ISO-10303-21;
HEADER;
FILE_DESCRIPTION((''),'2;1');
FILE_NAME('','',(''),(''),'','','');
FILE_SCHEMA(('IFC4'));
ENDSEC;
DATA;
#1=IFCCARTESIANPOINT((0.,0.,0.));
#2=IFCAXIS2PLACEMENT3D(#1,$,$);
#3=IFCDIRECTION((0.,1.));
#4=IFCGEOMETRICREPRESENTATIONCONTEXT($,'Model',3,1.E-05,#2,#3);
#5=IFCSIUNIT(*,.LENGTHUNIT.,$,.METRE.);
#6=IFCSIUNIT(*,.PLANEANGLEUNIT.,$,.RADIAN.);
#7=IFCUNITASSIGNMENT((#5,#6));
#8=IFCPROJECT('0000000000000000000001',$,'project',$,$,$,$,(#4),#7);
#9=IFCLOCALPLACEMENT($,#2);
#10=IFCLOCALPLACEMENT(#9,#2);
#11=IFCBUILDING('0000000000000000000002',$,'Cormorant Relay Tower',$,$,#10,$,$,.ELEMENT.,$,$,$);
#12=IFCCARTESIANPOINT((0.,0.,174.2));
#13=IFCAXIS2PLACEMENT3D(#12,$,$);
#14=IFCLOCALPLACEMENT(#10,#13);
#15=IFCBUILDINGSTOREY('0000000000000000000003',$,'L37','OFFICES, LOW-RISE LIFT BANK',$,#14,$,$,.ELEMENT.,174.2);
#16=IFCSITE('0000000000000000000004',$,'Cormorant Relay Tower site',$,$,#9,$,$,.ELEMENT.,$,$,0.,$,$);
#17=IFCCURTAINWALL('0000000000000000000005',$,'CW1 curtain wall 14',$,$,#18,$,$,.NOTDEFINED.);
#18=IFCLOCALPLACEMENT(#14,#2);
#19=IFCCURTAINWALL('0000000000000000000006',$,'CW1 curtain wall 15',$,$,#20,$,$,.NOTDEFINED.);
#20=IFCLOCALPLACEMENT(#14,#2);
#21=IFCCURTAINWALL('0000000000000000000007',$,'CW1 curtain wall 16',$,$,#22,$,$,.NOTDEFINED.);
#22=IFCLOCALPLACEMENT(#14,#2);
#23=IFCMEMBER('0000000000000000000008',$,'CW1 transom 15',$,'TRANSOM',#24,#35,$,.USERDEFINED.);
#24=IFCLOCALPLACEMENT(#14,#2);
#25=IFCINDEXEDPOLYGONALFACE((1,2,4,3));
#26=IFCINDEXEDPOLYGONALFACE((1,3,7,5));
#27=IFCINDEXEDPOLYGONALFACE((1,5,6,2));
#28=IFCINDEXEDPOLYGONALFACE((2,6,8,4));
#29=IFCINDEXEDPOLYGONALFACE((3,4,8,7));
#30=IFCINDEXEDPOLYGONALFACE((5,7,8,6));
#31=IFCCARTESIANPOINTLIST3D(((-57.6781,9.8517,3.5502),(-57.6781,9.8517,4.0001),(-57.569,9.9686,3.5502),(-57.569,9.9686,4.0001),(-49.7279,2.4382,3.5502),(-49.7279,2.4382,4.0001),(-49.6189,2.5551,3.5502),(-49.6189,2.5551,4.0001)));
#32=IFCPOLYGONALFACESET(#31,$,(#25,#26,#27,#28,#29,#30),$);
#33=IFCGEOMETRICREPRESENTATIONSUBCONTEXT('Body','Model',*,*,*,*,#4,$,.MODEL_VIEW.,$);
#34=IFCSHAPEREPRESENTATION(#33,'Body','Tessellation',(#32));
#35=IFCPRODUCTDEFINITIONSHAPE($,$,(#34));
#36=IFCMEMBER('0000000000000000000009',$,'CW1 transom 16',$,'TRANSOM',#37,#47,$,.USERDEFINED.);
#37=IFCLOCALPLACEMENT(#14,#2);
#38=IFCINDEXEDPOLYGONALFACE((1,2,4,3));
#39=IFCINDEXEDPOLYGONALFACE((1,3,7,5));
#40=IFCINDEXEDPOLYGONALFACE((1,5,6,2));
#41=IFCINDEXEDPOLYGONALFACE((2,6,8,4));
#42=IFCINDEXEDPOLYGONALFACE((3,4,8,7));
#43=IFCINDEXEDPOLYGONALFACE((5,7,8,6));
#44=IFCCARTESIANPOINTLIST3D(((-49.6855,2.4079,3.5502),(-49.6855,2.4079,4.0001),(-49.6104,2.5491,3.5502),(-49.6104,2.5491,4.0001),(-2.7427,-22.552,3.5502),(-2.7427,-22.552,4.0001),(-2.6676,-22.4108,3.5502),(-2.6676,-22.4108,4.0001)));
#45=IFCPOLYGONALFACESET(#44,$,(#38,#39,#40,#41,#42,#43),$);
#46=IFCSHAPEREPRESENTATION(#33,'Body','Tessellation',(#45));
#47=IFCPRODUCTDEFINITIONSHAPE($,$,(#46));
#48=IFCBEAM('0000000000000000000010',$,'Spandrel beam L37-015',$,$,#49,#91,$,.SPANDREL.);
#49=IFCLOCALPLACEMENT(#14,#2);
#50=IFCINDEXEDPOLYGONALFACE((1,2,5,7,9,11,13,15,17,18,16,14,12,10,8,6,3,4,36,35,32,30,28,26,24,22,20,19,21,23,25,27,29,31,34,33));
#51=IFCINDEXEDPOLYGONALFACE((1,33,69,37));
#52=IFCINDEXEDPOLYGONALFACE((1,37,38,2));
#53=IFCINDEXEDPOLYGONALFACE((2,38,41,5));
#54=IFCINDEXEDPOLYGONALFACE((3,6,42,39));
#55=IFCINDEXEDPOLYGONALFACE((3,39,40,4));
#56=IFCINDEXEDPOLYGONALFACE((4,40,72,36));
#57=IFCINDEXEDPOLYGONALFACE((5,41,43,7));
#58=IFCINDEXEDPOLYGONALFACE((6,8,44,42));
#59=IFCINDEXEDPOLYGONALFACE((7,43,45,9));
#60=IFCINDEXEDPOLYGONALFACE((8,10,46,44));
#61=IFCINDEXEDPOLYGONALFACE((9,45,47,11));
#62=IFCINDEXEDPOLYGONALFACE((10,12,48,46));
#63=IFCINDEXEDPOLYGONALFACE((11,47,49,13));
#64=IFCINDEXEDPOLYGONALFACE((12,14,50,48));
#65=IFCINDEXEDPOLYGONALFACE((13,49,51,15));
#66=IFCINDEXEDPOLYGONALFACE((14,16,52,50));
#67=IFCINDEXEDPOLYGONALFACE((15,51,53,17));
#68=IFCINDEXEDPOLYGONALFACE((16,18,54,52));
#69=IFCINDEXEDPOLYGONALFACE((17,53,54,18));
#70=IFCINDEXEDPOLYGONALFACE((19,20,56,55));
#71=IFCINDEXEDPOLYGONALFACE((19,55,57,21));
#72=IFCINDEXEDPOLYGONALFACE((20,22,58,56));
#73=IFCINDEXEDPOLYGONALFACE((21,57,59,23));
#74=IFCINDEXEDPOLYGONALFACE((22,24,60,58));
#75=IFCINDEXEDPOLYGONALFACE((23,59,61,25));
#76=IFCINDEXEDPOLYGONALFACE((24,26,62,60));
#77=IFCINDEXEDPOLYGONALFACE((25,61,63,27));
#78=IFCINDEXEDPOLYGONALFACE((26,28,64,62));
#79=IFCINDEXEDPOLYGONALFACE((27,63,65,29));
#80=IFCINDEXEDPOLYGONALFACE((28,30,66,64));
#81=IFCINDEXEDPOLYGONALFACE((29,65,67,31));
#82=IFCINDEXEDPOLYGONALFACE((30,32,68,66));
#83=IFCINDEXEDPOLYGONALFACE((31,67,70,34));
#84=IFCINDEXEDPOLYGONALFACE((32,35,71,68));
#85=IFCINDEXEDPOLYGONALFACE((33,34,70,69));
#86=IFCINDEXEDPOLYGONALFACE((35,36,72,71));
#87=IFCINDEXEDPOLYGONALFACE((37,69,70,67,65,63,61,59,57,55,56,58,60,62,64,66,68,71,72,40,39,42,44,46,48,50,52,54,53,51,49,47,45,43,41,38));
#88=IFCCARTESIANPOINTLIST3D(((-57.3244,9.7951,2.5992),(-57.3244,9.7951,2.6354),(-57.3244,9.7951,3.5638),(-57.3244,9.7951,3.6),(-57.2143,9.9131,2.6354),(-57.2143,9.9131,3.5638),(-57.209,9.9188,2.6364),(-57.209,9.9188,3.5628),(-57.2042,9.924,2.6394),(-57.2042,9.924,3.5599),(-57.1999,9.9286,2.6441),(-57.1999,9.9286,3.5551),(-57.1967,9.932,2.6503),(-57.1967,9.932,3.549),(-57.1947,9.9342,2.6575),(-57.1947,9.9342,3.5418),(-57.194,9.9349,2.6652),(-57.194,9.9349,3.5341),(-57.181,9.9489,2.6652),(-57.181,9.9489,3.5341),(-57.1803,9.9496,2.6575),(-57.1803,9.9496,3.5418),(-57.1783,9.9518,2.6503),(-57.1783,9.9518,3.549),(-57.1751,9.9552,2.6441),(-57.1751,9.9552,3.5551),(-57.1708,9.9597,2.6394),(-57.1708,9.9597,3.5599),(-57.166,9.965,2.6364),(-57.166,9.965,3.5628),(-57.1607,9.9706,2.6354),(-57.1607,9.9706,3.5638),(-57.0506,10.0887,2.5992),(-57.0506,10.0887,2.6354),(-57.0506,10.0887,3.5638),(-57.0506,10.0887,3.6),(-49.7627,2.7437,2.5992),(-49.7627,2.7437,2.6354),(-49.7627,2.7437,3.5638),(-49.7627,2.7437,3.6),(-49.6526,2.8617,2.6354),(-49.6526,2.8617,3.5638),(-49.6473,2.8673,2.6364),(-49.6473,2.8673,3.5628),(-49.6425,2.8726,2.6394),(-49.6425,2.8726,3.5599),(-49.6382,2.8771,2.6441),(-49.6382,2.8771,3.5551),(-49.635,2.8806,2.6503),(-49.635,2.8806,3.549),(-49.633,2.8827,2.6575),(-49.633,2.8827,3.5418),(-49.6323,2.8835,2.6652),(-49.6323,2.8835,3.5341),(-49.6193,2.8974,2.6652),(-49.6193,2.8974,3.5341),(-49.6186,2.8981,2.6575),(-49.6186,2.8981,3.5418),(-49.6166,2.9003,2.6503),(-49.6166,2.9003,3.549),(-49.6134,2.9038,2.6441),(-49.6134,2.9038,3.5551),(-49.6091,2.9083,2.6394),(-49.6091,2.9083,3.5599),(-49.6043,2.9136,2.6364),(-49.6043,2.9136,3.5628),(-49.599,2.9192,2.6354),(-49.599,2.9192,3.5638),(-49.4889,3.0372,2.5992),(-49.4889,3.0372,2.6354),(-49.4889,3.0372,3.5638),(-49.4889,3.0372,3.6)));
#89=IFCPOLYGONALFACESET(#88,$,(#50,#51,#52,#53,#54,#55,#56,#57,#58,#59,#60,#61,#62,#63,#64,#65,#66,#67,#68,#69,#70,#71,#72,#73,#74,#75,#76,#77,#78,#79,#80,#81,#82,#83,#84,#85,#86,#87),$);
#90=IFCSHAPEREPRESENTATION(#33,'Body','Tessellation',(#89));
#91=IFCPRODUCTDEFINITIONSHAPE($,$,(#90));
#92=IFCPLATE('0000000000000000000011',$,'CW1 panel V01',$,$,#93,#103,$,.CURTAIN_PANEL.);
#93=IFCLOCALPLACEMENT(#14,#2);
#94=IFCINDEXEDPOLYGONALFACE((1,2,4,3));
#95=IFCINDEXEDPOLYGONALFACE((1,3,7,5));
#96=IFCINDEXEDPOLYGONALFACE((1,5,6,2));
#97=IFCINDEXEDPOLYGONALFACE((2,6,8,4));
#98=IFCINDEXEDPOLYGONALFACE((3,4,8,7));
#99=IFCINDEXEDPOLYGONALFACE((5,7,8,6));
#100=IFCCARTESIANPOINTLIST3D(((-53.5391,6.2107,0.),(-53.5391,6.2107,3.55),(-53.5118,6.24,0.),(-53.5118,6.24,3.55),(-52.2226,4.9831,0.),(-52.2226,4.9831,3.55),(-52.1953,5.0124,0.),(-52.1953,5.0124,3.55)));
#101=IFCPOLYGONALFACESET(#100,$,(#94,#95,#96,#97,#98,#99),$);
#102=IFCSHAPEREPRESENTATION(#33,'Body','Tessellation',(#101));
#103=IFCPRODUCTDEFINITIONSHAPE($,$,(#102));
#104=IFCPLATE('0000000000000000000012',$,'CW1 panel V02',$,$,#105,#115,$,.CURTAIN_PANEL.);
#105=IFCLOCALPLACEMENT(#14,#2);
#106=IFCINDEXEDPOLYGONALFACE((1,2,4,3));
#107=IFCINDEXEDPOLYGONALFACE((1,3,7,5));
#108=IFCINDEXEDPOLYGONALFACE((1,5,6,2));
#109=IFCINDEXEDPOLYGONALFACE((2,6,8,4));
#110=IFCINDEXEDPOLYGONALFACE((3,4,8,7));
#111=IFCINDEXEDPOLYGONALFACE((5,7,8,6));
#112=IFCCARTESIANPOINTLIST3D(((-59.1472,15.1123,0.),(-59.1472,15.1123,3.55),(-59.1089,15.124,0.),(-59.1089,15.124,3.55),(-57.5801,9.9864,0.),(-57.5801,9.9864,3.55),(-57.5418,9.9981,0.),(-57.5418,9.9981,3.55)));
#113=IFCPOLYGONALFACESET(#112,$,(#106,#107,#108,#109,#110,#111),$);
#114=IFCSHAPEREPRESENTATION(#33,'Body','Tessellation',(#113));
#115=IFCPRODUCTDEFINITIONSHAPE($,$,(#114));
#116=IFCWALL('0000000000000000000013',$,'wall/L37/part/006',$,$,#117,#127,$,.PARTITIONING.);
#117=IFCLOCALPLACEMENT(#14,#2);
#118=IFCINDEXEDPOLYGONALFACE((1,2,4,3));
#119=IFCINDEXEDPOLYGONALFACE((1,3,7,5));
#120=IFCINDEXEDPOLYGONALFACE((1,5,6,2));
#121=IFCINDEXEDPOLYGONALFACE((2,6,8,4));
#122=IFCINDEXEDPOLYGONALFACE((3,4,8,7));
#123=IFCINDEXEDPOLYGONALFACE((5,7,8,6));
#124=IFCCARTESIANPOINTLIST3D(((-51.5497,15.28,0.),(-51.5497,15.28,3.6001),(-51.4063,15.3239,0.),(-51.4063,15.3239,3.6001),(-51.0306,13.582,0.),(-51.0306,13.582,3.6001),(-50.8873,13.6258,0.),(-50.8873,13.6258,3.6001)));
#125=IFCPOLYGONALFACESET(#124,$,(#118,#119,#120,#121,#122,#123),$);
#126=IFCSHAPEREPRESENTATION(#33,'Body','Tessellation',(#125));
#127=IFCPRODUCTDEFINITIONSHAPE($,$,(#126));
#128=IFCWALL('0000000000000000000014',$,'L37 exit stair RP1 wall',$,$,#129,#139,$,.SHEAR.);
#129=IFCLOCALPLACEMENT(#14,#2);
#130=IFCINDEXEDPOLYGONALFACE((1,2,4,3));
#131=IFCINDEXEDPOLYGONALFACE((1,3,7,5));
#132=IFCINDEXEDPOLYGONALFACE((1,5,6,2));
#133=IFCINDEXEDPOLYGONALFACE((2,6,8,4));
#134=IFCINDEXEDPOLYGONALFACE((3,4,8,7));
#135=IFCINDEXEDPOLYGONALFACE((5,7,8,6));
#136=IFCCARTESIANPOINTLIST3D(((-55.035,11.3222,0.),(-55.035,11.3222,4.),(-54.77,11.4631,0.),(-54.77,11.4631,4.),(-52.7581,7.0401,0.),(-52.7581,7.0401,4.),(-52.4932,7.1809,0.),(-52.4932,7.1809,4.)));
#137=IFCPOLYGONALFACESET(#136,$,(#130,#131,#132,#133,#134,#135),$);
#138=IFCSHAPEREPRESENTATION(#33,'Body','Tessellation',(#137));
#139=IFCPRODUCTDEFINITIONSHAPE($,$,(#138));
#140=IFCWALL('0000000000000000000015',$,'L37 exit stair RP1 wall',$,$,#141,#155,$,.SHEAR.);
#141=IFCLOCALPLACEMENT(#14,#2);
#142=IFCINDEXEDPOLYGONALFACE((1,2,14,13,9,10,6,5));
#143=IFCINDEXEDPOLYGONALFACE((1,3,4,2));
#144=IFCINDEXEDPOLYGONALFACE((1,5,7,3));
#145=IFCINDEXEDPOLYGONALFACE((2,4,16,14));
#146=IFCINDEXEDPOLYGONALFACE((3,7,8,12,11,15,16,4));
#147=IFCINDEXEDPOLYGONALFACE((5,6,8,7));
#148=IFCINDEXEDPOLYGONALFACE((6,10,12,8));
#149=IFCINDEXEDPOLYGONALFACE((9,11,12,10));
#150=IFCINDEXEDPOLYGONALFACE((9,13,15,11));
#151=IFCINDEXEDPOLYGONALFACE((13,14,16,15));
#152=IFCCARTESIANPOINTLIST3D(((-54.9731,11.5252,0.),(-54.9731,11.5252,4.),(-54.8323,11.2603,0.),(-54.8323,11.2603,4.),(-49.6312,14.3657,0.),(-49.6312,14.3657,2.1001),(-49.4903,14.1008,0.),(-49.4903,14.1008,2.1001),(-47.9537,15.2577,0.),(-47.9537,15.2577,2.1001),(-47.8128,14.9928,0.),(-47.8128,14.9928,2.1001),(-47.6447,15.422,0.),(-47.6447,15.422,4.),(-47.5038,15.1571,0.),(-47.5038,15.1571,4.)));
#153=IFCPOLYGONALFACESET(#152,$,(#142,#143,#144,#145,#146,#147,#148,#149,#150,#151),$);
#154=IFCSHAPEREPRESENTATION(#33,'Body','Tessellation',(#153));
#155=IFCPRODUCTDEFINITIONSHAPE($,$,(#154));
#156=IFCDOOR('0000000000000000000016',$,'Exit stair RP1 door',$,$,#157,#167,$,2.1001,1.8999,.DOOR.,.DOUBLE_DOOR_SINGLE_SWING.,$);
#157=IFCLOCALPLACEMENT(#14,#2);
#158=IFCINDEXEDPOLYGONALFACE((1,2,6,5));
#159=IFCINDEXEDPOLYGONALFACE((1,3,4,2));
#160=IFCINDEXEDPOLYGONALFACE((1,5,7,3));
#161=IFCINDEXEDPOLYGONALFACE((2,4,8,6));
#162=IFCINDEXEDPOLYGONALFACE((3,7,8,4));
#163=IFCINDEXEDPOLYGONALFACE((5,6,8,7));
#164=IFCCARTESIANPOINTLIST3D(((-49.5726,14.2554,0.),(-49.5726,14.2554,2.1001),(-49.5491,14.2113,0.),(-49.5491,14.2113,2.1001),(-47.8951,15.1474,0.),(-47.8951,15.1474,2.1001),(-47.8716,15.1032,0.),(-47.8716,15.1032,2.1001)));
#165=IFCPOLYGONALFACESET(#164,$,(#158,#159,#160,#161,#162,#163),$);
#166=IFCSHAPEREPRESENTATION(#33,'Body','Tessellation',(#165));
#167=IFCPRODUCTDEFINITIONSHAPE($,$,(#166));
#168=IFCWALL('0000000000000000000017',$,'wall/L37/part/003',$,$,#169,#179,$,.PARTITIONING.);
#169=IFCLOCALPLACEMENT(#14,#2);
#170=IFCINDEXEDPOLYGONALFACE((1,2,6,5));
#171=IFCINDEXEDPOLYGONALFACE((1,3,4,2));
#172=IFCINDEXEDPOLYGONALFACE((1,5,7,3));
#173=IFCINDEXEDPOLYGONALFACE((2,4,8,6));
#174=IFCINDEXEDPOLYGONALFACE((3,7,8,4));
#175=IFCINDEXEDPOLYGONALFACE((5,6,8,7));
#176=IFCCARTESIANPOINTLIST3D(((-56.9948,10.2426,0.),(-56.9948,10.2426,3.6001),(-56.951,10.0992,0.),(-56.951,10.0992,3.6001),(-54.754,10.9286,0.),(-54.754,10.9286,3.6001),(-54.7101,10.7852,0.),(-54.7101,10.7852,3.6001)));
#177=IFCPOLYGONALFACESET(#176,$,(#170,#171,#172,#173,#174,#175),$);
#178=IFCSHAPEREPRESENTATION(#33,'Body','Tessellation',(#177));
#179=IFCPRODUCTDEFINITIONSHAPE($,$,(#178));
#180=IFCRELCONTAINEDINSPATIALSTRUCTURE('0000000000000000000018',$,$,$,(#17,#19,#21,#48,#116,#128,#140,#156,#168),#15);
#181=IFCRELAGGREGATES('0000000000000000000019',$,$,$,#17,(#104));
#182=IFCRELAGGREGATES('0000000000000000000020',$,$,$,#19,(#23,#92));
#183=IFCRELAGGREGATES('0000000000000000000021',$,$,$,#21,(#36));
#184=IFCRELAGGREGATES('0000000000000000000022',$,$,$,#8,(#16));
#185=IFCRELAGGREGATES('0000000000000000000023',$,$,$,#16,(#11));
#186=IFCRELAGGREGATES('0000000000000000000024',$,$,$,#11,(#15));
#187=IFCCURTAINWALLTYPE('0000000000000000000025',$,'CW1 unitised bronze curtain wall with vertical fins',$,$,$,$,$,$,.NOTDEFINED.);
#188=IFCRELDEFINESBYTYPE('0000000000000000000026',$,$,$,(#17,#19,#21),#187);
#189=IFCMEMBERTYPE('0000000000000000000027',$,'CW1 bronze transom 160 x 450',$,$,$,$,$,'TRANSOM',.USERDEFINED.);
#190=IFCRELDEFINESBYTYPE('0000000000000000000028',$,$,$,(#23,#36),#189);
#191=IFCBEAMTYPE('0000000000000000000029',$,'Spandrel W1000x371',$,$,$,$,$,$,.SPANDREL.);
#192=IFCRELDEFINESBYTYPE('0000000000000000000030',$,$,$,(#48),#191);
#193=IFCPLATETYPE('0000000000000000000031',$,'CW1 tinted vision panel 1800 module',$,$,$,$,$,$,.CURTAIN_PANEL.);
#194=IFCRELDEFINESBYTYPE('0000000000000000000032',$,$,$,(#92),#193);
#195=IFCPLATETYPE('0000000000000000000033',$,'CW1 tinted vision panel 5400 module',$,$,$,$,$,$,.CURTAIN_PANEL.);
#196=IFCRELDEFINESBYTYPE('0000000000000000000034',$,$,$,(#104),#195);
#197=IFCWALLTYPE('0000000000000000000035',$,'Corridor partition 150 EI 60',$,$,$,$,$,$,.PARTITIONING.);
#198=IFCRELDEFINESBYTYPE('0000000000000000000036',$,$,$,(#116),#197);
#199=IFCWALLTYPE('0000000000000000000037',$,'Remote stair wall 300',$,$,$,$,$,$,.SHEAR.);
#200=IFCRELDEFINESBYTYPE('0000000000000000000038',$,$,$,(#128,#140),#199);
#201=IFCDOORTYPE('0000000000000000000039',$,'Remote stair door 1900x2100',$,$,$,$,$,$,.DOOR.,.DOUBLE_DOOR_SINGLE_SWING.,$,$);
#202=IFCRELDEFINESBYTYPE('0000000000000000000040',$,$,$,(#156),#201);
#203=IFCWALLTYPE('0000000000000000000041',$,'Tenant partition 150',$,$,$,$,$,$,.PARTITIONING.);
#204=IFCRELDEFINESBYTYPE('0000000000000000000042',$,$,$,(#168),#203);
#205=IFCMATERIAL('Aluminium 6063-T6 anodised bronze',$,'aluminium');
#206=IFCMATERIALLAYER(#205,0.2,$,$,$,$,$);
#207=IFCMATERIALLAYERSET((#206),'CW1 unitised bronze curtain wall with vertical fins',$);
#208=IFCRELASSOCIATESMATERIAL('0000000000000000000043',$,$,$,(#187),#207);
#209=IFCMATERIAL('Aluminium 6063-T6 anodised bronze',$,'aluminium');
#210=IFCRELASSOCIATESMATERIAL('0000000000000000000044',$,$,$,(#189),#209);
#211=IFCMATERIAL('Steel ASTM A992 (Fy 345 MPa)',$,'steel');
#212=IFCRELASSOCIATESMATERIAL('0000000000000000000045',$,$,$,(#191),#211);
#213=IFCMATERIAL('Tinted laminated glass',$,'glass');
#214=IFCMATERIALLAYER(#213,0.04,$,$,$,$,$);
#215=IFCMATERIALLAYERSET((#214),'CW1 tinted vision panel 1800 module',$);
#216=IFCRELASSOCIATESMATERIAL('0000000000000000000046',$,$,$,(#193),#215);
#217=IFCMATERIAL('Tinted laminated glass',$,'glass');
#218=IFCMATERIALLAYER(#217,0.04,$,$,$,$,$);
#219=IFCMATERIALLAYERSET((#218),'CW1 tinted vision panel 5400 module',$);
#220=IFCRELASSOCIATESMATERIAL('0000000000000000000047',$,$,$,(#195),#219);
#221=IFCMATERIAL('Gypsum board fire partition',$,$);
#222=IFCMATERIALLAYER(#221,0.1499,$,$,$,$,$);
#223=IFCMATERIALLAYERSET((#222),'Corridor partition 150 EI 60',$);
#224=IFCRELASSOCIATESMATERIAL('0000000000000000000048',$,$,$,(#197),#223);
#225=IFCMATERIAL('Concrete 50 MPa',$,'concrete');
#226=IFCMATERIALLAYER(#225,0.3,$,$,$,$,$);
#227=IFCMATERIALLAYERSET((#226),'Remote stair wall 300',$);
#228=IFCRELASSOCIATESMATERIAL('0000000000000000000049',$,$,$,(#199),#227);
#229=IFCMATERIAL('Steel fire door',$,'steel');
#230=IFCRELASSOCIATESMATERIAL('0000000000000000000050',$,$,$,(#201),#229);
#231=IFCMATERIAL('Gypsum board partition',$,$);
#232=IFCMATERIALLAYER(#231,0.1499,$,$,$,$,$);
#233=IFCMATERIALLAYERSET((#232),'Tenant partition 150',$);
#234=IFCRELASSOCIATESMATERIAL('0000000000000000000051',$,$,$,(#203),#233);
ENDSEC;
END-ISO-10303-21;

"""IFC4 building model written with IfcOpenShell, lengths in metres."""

from ifc_helpers import new_model, si_unit, direction, frame, frame_2d, origin, origin_2d, place, context, subcontext, project, spatial, rectangle, i_section, extrude, material, layer, layer_set, material_profile, profile_set, type_object, element, fill, aggregate, save


model = new_model("IFC4")

# Units and contexts
model_context = context("Model", 3, precision=1e-05, world=origin(), true_north=direction((0.0, 1.0)))
body_context = subcontext(model_context, "Body", "Model", "MODEL_VIEW")
ifc_project = project(units=[si_unit("LENGTHUNIT", "METRE"), si_unit("PLANEANGLEUNIT", "RADIAN")], contexts=[model_context])

# Site, building, storey
site_placement = place(None, origin())
site = spatial("IfcSite", under=ifc_project, at=site_placement, Name="Cormorant Relay Tower site", CompositionType="ELEMENT", RefElevation=0.0)
building_placement = place(site_placement, origin())
building = spatial("IfcBuilding", under=site, at=building_placement, Name="Cormorant Relay Tower", CompositionType="ELEMENT")
storey_placement = place(building_placement, frame((0.0, 0.0, 174.2)))
storey = spatial("IfcBuildingStorey", under=building, at=storey_placement, Name="L37", Description="OFFICES, LOW-RISE LIFT BANK", CompositionType="ELEMENT", Elevation=174.2)

# Curtain wall
ifc_material_1 = material(Name="Aluminium 6063-T6 anodised bronze", Category="aluminium")
ifc_layer_1 = layer(ifc_material_1, 0.2)
ifc_layer_set_1 = layer_set([ifc_layer_1], Name="CW1 unitised bronze curtain wall with vertical fins")
curtain_wall_type = type_object("IfcCurtainWallType", Name="CW1 unitised bronze curtain wall with vertical fins", PredefinedType="NOTDEFINED", material=ifc_layer_set_1)
curtain_wall_1_placement = place(storey_placement, origin())
curtain_wall_1 = element("IfcCurtainWall", 1, at=curtain_wall_1_placement, inside=storey, type_object=curtain_wall_type, Name="CW1 curtain wall 14", PredefinedType="NOTDEFINED")

# Curtain wall
curtain_wall_2_placement = place(storey_placement, origin())
curtain_wall_2 = element("IfcCurtainWall", 2, at=curtain_wall_2_placement, inside=storey, type_object=curtain_wall_type, Name="CW1 curtain wall 15", PredefinedType="NOTDEFINED")

# Curtain wall
curtain_wall_3_placement = place(storey_placement, origin())
curtain_wall_3 = element("IfcCurtainWall", 3, at=curtain_wall_3_placement, inside=storey, type_object=curtain_wall_type, Name="CW1 curtain wall 16", PredefinedType="NOTDEFINED")

# Members
ifc_material_2 = material(Name="Aluminium 6063-T6 anodised bronze", Category="aluminium")
ifc_material_profile_1 = material_profile(ifc_material_2, rectangle(XDim=0.1599, YDim=0.45, at=origin_2d()), Name="AL 160x450")
ifc_profile_set_1 = profile_set([ifc_material_profile_1], Name="Aluminium 6063-T6 anodised bronze")
member_type_1 = type_object("IfcMemberType", Name="CW1 bronze transom 160 x 450", ElementType="TRANSOM", PredefinedType="USERDEFINED", material=ifc_profile_set_1)
member_1_placement = place(storey_placement, frame((-57.6235, 9.9102, 3.7751), z_axis=(0.731358, -0.681993, 0.0), x_axis=(0.681993, 0.731358, 0.0)))
member_1 = element("IfcMember", 4, at=member_1_placement, type_object=member_type_1, Name="CW1 transom 15", ObjectType="TRANSOM", PredefinedType="USERDEFINED", context=body_context, shape_type="SweptSolid", body=[
    extrude(rectangle(XDim=0.1599, YDim=0.45, at=origin_2d()), origin(), (0.0, 0.0, 1.0), 10.8704),
])
member_2_placement = place(storey_placement, frame((-49.6479, 2.4785, 3.7751), z_axis=(0.882948, -0.469471, 0.0), x_axis=(0.469471, 0.882948, 0.0)))
member_2 = element("IfcMember", 5, at=member_2_placement, type_object=member_type_1, Name="CW1 transom 16", ObjectType="TRANSOM", PredefinedType="USERDEFINED", context=body_context, shape_type="SweptSolid", body=[
    extrude(rectangle(XDim=0.1599, YDim=0.45, at=origin_2d()), origin(), (0.0, 0.0, 1.0), 53.166),
])

# Beam
ifc_material_3 = material(Name="Steel ASTM A992 (Fy 345 MPa)", Category="steel")
ifc_material_profile_2 = material_profile(ifc_material_3, i_section(OverallWidth=0.4014, OverallDepth=1.0007, WebThickness=0.019, FlangeThickness=0.0361, FilletRadius=0.0298, at=origin_2d()), Name="W1000x371")
ifc_profile_set_2 = profile_set([ifc_material_profile_2], Name="Steel ASTM A992 (Fy 345 MPa)")
beam_type = type_object("IfcBeamType", Name="Spandrel W1000x371", PredefinedType="SPANDREL", material=ifc_profile_set_2)
beam_placement = place(storey_placement, frame((-57.1875, 9.9419, 3.0996), z_axis=(0.731351, -0.682001, 0.0), x_axis=(0.682001, 0.731351, 0.0)))
element("IfcBeam", 6, at=beam_placement, inside=storey, type_object=beam_type, Name="Spandrel beam L37-015", PredefinedType="SPANDREL", context=body_context, shape_type="SweptSolid", body=[
    extrude(i_section(OverallWidth=0.4014, OverallDepth=1.0007, WebThickness=0.019, FlangeThickness=0.0361, FilletRadius=0.0298, at=origin_2d()), origin(), (0.0, 0.0, 1.0), 10.3394),
])

# Plates
ifc_material_4 = material(Name="Tinted laminated glass", Category="glass")
ifc_layer_2 = layer(ifc_material_4, 0.04)
ifc_layer_set_2 = layer_set([ifc_layer_2], Name="CW1 tinted vision panel 1800 module")
plate_type_1 = type_object("IfcPlateType", Name="CW1 tinted vision panel 1800 module", PredefinedType="CURTAIN_PANEL", material=ifc_layer_set_2)
plate_1_placement = place(storey_placement, frame((-52.8672, 5.6116, 0.0), z_axis=(0.0, 0.0, 1.0), x_axis=(0.731354, -0.681998, 0.0)))
plate_1 = element("IfcPlate", 7, at=plate_1_placement, type_object=plate_type_1, Name="CW1 panel V01", PredefinedType="CURTAIN_PANEL", context=body_context, shape_type="SweptSolid", body=[
    extrude(rectangle(XDim=1.8, YDim=0.04, at=origin_2d()), origin(), (0.0, 0.0, 1.0), 3.55),
])
ifc_material_5 = material(Name="Tinted laminated glass", Category="glass")
ifc_layer_3 = layer(ifc_material_5, 0.04)
ifc_layer_set_3 = layer_set([ifc_layer_3], Name="CW1 tinted vision panel 5400 module")
plate_type_2 = type_object("IfcPlateType", Name="CW1 tinted vision panel 5400 module", PredefinedType="CURTAIN_PANEL", material=ifc_layer_set_3)
plate_2_placement = place(storey_placement, frame((-58.3445, 12.5552, 0.0), z_axis=(0.0, 0.0, 1.0), x_axis=(0.292372, -0.956305, 0.0)))
plate_2 = element("IfcPlate", 8, at=plate_2_placement, type_object=plate_type_2, Name="CW1 panel V02", PredefinedType="CURTAIN_PANEL", context=body_context, shape_type="SweptSolid", body=[
    extrude(rectangle(XDim=5.3601, YDim=0.04, at=origin_2d()), origin(), (0.0, 0.0, 1.0), 3.55),
])
aggregate(curtain_wall_1, [plate_2])

# Walls
ifc_material_6 = material(Name="Gypsum board fire partition")
ifc_layer_4 = layer(ifc_material_6, 0.1499)
ifc_layer_set_4 = layer_set([ifc_layer_4], Name="Corridor partition 150 EI 60")
wall_type_1 = type_object("IfcWallType", Name="Corridor partition 150 EI 60", PredefinedType="PARTITIONING", material=ifc_layer_set_4)
wall_1_placement = place(storey_placement, frame((-50.959, 13.604, 0.0), z_axis=(0.0, 0.0, 1.0), x_axis=(-0.292327, 0.956318, 0.0)))
element("IfcWall", 9, at=wall_1_placement, inside=storey, type_object=wall_type_1, Name="wall/L37/part/006", PredefinedType="PARTITIONING", context=body_context, shape_type="SweptSolid", body=[
    extrude(rectangle(XDim=1.7756, YDim=0.1499, at=frame_2d((0.8877, 0.0))), origin(), (0.0, 0.0, 1.0), 3.6001),
])
ifc_material_7 = material(Name="Concrete 50 MPa", Category="concrete")
ifc_layer_5 = layer(ifc_material_7, 0.3)
ifc_layer_set_5 = layer_set([ifc_layer_5], Name="Remote stair wall 300")
wall_type_2 = type_object("IfcWallType", Name="Remote stair wall 300", PredefinedType="SHEAR", material=ifc_layer_set_5)
wall_2_placement = place(storey_placement, frame((-52.6257, 7.1106, 0.0), z_axis=(0.0, 0.0, 1.0), x_axis=(-0.469464, 0.882951, 0.0)))
element("IfcWall", 10, at=wall_2_placement, inside=storey, type_object=wall_type_2, Name="L37 exit stair RP1 wall", PredefinedType="SHEAR", context=body_context, shape_type="SweptSolid", body=[
    extrude(rectangle(XDim=4.8499, YDim=0.3, at=frame_2d((2.4248, 0.0))), origin(), (0.0, 0.0, 1.0), 4.0),
])

# Wall, opening, door
wall_3_placement = place(storey_placement, frame((-54.9026, 11.3928, 0.0), z_axis=(0.0, 0.0, 1.0), x_axis=(0.882939, 0.469487, 0.0)))
wall_3 = element("IfcWall", 11, at=wall_3_placement, inside=storey, type_object=wall_type_2, Name="L37 exit stair RP1 wall", PredefinedType="SHEAR", context=body_context, shape_type="SweptSolid", body=[
    extrude(rectangle(XDim=8.3, YDim=0.3, at=frame_2d((4.1499, 0.0))), origin(), (0.0, 0.0, 1.0), 4.0),
])
opening_placement = place(wall_3_placement, frame((6.05, 0.0, 0.0)))
opening = element("IfcOpeningElement", 12, at=opening_placement, cuts=wall_3, PredefinedType="OPENING", context=body_context, shape_type="SweptSolid", body=[
    extrude(rectangle(XDim=1.8999, YDim=2.1001, at=frame_2d((0.95, 1.05))), frame((0.0, 0.1599, 0.0), z_axis=(0.0, -1.0, 0.0), x_axis=(1.0, 0.0, 0.0)), (0.0, 0.0, 1.0), 0.3201),
])
ifc_material_8 = material(Name="Steel fire door", Category="steel")
door_type = type_object("IfcDoorType", Name="Remote stair door 1900x2100", OperationType="DOUBLE_DOOR_SINGLE_SWING", PredefinedType="DOOR", material=ifc_material_8)
door_placement = place(opening_placement, frame((1.8999, 0.0, 0.0), z_axis=(0.0, 0.0, 1.0), x_axis=(-1.0, 0.0, 0.0)))
door = element("IfcDoor", 13, at=door_placement, inside=storey, type_object=door_type, Name="Exit stair RP1 door", OperationType="DOUBLE_DOOR_SINGLE_SWING", OverallHeight=2.1001, OverallWidth=1.8999, PredefinedType="DOOR", context=body_context, shape_type="SweptSolid", body=[
    extrude(rectangle(XDim=1.8999, YDim=2.1001, at=frame_2d((0.95, 1.05))), frame((0.0, 0.0249, 0.0), z_axis=(0.0, -1.0, 0.0), x_axis=(1.0, 0.0, 0.0)), (0.0, 0.0, 1.0), 0.05),
])
fill(opening, door)

# Wall
ifc_material_9 = material(Name="Gypsum board partition")
ifc_layer_6 = layer(ifc_material_9, 0.1499)
ifc_layer_set_6 = layer_set([ifc_layer_6], Name="Tenant partition 150")
wall_type_3 = type_object("IfcWallType", Name="Tenant partition 150", PredefinedType="PARTITIONING", material=ifc_layer_set_6)
wall_4_placement = place(storey_placement, frame((-54.7319, 10.8569, 0.0), z_axis=(0.0, 0.0, 1.0), x_axis=(-0.956197, -0.292724, 0.0)))
element("IfcWall", 14, at=wall_4_placement, inside=storey, type_object=wall_type_3, Name="wall/L37/part/003", PredefinedType="PARTITIONING", context=body_context, shape_type="SweptSolid", body=[
    extrude(rectangle(XDim=2.3435, YDim=0.1499, at=frame_2d((1.1719, 0.0))), origin(), (0.0, 0.0, 1.0), 3.6001),
])

aggregate(curtain_wall_2, [member_1, plate_1])
aggregate(curtain_wall_3, [member_2])

save(model, "model.ifc")
